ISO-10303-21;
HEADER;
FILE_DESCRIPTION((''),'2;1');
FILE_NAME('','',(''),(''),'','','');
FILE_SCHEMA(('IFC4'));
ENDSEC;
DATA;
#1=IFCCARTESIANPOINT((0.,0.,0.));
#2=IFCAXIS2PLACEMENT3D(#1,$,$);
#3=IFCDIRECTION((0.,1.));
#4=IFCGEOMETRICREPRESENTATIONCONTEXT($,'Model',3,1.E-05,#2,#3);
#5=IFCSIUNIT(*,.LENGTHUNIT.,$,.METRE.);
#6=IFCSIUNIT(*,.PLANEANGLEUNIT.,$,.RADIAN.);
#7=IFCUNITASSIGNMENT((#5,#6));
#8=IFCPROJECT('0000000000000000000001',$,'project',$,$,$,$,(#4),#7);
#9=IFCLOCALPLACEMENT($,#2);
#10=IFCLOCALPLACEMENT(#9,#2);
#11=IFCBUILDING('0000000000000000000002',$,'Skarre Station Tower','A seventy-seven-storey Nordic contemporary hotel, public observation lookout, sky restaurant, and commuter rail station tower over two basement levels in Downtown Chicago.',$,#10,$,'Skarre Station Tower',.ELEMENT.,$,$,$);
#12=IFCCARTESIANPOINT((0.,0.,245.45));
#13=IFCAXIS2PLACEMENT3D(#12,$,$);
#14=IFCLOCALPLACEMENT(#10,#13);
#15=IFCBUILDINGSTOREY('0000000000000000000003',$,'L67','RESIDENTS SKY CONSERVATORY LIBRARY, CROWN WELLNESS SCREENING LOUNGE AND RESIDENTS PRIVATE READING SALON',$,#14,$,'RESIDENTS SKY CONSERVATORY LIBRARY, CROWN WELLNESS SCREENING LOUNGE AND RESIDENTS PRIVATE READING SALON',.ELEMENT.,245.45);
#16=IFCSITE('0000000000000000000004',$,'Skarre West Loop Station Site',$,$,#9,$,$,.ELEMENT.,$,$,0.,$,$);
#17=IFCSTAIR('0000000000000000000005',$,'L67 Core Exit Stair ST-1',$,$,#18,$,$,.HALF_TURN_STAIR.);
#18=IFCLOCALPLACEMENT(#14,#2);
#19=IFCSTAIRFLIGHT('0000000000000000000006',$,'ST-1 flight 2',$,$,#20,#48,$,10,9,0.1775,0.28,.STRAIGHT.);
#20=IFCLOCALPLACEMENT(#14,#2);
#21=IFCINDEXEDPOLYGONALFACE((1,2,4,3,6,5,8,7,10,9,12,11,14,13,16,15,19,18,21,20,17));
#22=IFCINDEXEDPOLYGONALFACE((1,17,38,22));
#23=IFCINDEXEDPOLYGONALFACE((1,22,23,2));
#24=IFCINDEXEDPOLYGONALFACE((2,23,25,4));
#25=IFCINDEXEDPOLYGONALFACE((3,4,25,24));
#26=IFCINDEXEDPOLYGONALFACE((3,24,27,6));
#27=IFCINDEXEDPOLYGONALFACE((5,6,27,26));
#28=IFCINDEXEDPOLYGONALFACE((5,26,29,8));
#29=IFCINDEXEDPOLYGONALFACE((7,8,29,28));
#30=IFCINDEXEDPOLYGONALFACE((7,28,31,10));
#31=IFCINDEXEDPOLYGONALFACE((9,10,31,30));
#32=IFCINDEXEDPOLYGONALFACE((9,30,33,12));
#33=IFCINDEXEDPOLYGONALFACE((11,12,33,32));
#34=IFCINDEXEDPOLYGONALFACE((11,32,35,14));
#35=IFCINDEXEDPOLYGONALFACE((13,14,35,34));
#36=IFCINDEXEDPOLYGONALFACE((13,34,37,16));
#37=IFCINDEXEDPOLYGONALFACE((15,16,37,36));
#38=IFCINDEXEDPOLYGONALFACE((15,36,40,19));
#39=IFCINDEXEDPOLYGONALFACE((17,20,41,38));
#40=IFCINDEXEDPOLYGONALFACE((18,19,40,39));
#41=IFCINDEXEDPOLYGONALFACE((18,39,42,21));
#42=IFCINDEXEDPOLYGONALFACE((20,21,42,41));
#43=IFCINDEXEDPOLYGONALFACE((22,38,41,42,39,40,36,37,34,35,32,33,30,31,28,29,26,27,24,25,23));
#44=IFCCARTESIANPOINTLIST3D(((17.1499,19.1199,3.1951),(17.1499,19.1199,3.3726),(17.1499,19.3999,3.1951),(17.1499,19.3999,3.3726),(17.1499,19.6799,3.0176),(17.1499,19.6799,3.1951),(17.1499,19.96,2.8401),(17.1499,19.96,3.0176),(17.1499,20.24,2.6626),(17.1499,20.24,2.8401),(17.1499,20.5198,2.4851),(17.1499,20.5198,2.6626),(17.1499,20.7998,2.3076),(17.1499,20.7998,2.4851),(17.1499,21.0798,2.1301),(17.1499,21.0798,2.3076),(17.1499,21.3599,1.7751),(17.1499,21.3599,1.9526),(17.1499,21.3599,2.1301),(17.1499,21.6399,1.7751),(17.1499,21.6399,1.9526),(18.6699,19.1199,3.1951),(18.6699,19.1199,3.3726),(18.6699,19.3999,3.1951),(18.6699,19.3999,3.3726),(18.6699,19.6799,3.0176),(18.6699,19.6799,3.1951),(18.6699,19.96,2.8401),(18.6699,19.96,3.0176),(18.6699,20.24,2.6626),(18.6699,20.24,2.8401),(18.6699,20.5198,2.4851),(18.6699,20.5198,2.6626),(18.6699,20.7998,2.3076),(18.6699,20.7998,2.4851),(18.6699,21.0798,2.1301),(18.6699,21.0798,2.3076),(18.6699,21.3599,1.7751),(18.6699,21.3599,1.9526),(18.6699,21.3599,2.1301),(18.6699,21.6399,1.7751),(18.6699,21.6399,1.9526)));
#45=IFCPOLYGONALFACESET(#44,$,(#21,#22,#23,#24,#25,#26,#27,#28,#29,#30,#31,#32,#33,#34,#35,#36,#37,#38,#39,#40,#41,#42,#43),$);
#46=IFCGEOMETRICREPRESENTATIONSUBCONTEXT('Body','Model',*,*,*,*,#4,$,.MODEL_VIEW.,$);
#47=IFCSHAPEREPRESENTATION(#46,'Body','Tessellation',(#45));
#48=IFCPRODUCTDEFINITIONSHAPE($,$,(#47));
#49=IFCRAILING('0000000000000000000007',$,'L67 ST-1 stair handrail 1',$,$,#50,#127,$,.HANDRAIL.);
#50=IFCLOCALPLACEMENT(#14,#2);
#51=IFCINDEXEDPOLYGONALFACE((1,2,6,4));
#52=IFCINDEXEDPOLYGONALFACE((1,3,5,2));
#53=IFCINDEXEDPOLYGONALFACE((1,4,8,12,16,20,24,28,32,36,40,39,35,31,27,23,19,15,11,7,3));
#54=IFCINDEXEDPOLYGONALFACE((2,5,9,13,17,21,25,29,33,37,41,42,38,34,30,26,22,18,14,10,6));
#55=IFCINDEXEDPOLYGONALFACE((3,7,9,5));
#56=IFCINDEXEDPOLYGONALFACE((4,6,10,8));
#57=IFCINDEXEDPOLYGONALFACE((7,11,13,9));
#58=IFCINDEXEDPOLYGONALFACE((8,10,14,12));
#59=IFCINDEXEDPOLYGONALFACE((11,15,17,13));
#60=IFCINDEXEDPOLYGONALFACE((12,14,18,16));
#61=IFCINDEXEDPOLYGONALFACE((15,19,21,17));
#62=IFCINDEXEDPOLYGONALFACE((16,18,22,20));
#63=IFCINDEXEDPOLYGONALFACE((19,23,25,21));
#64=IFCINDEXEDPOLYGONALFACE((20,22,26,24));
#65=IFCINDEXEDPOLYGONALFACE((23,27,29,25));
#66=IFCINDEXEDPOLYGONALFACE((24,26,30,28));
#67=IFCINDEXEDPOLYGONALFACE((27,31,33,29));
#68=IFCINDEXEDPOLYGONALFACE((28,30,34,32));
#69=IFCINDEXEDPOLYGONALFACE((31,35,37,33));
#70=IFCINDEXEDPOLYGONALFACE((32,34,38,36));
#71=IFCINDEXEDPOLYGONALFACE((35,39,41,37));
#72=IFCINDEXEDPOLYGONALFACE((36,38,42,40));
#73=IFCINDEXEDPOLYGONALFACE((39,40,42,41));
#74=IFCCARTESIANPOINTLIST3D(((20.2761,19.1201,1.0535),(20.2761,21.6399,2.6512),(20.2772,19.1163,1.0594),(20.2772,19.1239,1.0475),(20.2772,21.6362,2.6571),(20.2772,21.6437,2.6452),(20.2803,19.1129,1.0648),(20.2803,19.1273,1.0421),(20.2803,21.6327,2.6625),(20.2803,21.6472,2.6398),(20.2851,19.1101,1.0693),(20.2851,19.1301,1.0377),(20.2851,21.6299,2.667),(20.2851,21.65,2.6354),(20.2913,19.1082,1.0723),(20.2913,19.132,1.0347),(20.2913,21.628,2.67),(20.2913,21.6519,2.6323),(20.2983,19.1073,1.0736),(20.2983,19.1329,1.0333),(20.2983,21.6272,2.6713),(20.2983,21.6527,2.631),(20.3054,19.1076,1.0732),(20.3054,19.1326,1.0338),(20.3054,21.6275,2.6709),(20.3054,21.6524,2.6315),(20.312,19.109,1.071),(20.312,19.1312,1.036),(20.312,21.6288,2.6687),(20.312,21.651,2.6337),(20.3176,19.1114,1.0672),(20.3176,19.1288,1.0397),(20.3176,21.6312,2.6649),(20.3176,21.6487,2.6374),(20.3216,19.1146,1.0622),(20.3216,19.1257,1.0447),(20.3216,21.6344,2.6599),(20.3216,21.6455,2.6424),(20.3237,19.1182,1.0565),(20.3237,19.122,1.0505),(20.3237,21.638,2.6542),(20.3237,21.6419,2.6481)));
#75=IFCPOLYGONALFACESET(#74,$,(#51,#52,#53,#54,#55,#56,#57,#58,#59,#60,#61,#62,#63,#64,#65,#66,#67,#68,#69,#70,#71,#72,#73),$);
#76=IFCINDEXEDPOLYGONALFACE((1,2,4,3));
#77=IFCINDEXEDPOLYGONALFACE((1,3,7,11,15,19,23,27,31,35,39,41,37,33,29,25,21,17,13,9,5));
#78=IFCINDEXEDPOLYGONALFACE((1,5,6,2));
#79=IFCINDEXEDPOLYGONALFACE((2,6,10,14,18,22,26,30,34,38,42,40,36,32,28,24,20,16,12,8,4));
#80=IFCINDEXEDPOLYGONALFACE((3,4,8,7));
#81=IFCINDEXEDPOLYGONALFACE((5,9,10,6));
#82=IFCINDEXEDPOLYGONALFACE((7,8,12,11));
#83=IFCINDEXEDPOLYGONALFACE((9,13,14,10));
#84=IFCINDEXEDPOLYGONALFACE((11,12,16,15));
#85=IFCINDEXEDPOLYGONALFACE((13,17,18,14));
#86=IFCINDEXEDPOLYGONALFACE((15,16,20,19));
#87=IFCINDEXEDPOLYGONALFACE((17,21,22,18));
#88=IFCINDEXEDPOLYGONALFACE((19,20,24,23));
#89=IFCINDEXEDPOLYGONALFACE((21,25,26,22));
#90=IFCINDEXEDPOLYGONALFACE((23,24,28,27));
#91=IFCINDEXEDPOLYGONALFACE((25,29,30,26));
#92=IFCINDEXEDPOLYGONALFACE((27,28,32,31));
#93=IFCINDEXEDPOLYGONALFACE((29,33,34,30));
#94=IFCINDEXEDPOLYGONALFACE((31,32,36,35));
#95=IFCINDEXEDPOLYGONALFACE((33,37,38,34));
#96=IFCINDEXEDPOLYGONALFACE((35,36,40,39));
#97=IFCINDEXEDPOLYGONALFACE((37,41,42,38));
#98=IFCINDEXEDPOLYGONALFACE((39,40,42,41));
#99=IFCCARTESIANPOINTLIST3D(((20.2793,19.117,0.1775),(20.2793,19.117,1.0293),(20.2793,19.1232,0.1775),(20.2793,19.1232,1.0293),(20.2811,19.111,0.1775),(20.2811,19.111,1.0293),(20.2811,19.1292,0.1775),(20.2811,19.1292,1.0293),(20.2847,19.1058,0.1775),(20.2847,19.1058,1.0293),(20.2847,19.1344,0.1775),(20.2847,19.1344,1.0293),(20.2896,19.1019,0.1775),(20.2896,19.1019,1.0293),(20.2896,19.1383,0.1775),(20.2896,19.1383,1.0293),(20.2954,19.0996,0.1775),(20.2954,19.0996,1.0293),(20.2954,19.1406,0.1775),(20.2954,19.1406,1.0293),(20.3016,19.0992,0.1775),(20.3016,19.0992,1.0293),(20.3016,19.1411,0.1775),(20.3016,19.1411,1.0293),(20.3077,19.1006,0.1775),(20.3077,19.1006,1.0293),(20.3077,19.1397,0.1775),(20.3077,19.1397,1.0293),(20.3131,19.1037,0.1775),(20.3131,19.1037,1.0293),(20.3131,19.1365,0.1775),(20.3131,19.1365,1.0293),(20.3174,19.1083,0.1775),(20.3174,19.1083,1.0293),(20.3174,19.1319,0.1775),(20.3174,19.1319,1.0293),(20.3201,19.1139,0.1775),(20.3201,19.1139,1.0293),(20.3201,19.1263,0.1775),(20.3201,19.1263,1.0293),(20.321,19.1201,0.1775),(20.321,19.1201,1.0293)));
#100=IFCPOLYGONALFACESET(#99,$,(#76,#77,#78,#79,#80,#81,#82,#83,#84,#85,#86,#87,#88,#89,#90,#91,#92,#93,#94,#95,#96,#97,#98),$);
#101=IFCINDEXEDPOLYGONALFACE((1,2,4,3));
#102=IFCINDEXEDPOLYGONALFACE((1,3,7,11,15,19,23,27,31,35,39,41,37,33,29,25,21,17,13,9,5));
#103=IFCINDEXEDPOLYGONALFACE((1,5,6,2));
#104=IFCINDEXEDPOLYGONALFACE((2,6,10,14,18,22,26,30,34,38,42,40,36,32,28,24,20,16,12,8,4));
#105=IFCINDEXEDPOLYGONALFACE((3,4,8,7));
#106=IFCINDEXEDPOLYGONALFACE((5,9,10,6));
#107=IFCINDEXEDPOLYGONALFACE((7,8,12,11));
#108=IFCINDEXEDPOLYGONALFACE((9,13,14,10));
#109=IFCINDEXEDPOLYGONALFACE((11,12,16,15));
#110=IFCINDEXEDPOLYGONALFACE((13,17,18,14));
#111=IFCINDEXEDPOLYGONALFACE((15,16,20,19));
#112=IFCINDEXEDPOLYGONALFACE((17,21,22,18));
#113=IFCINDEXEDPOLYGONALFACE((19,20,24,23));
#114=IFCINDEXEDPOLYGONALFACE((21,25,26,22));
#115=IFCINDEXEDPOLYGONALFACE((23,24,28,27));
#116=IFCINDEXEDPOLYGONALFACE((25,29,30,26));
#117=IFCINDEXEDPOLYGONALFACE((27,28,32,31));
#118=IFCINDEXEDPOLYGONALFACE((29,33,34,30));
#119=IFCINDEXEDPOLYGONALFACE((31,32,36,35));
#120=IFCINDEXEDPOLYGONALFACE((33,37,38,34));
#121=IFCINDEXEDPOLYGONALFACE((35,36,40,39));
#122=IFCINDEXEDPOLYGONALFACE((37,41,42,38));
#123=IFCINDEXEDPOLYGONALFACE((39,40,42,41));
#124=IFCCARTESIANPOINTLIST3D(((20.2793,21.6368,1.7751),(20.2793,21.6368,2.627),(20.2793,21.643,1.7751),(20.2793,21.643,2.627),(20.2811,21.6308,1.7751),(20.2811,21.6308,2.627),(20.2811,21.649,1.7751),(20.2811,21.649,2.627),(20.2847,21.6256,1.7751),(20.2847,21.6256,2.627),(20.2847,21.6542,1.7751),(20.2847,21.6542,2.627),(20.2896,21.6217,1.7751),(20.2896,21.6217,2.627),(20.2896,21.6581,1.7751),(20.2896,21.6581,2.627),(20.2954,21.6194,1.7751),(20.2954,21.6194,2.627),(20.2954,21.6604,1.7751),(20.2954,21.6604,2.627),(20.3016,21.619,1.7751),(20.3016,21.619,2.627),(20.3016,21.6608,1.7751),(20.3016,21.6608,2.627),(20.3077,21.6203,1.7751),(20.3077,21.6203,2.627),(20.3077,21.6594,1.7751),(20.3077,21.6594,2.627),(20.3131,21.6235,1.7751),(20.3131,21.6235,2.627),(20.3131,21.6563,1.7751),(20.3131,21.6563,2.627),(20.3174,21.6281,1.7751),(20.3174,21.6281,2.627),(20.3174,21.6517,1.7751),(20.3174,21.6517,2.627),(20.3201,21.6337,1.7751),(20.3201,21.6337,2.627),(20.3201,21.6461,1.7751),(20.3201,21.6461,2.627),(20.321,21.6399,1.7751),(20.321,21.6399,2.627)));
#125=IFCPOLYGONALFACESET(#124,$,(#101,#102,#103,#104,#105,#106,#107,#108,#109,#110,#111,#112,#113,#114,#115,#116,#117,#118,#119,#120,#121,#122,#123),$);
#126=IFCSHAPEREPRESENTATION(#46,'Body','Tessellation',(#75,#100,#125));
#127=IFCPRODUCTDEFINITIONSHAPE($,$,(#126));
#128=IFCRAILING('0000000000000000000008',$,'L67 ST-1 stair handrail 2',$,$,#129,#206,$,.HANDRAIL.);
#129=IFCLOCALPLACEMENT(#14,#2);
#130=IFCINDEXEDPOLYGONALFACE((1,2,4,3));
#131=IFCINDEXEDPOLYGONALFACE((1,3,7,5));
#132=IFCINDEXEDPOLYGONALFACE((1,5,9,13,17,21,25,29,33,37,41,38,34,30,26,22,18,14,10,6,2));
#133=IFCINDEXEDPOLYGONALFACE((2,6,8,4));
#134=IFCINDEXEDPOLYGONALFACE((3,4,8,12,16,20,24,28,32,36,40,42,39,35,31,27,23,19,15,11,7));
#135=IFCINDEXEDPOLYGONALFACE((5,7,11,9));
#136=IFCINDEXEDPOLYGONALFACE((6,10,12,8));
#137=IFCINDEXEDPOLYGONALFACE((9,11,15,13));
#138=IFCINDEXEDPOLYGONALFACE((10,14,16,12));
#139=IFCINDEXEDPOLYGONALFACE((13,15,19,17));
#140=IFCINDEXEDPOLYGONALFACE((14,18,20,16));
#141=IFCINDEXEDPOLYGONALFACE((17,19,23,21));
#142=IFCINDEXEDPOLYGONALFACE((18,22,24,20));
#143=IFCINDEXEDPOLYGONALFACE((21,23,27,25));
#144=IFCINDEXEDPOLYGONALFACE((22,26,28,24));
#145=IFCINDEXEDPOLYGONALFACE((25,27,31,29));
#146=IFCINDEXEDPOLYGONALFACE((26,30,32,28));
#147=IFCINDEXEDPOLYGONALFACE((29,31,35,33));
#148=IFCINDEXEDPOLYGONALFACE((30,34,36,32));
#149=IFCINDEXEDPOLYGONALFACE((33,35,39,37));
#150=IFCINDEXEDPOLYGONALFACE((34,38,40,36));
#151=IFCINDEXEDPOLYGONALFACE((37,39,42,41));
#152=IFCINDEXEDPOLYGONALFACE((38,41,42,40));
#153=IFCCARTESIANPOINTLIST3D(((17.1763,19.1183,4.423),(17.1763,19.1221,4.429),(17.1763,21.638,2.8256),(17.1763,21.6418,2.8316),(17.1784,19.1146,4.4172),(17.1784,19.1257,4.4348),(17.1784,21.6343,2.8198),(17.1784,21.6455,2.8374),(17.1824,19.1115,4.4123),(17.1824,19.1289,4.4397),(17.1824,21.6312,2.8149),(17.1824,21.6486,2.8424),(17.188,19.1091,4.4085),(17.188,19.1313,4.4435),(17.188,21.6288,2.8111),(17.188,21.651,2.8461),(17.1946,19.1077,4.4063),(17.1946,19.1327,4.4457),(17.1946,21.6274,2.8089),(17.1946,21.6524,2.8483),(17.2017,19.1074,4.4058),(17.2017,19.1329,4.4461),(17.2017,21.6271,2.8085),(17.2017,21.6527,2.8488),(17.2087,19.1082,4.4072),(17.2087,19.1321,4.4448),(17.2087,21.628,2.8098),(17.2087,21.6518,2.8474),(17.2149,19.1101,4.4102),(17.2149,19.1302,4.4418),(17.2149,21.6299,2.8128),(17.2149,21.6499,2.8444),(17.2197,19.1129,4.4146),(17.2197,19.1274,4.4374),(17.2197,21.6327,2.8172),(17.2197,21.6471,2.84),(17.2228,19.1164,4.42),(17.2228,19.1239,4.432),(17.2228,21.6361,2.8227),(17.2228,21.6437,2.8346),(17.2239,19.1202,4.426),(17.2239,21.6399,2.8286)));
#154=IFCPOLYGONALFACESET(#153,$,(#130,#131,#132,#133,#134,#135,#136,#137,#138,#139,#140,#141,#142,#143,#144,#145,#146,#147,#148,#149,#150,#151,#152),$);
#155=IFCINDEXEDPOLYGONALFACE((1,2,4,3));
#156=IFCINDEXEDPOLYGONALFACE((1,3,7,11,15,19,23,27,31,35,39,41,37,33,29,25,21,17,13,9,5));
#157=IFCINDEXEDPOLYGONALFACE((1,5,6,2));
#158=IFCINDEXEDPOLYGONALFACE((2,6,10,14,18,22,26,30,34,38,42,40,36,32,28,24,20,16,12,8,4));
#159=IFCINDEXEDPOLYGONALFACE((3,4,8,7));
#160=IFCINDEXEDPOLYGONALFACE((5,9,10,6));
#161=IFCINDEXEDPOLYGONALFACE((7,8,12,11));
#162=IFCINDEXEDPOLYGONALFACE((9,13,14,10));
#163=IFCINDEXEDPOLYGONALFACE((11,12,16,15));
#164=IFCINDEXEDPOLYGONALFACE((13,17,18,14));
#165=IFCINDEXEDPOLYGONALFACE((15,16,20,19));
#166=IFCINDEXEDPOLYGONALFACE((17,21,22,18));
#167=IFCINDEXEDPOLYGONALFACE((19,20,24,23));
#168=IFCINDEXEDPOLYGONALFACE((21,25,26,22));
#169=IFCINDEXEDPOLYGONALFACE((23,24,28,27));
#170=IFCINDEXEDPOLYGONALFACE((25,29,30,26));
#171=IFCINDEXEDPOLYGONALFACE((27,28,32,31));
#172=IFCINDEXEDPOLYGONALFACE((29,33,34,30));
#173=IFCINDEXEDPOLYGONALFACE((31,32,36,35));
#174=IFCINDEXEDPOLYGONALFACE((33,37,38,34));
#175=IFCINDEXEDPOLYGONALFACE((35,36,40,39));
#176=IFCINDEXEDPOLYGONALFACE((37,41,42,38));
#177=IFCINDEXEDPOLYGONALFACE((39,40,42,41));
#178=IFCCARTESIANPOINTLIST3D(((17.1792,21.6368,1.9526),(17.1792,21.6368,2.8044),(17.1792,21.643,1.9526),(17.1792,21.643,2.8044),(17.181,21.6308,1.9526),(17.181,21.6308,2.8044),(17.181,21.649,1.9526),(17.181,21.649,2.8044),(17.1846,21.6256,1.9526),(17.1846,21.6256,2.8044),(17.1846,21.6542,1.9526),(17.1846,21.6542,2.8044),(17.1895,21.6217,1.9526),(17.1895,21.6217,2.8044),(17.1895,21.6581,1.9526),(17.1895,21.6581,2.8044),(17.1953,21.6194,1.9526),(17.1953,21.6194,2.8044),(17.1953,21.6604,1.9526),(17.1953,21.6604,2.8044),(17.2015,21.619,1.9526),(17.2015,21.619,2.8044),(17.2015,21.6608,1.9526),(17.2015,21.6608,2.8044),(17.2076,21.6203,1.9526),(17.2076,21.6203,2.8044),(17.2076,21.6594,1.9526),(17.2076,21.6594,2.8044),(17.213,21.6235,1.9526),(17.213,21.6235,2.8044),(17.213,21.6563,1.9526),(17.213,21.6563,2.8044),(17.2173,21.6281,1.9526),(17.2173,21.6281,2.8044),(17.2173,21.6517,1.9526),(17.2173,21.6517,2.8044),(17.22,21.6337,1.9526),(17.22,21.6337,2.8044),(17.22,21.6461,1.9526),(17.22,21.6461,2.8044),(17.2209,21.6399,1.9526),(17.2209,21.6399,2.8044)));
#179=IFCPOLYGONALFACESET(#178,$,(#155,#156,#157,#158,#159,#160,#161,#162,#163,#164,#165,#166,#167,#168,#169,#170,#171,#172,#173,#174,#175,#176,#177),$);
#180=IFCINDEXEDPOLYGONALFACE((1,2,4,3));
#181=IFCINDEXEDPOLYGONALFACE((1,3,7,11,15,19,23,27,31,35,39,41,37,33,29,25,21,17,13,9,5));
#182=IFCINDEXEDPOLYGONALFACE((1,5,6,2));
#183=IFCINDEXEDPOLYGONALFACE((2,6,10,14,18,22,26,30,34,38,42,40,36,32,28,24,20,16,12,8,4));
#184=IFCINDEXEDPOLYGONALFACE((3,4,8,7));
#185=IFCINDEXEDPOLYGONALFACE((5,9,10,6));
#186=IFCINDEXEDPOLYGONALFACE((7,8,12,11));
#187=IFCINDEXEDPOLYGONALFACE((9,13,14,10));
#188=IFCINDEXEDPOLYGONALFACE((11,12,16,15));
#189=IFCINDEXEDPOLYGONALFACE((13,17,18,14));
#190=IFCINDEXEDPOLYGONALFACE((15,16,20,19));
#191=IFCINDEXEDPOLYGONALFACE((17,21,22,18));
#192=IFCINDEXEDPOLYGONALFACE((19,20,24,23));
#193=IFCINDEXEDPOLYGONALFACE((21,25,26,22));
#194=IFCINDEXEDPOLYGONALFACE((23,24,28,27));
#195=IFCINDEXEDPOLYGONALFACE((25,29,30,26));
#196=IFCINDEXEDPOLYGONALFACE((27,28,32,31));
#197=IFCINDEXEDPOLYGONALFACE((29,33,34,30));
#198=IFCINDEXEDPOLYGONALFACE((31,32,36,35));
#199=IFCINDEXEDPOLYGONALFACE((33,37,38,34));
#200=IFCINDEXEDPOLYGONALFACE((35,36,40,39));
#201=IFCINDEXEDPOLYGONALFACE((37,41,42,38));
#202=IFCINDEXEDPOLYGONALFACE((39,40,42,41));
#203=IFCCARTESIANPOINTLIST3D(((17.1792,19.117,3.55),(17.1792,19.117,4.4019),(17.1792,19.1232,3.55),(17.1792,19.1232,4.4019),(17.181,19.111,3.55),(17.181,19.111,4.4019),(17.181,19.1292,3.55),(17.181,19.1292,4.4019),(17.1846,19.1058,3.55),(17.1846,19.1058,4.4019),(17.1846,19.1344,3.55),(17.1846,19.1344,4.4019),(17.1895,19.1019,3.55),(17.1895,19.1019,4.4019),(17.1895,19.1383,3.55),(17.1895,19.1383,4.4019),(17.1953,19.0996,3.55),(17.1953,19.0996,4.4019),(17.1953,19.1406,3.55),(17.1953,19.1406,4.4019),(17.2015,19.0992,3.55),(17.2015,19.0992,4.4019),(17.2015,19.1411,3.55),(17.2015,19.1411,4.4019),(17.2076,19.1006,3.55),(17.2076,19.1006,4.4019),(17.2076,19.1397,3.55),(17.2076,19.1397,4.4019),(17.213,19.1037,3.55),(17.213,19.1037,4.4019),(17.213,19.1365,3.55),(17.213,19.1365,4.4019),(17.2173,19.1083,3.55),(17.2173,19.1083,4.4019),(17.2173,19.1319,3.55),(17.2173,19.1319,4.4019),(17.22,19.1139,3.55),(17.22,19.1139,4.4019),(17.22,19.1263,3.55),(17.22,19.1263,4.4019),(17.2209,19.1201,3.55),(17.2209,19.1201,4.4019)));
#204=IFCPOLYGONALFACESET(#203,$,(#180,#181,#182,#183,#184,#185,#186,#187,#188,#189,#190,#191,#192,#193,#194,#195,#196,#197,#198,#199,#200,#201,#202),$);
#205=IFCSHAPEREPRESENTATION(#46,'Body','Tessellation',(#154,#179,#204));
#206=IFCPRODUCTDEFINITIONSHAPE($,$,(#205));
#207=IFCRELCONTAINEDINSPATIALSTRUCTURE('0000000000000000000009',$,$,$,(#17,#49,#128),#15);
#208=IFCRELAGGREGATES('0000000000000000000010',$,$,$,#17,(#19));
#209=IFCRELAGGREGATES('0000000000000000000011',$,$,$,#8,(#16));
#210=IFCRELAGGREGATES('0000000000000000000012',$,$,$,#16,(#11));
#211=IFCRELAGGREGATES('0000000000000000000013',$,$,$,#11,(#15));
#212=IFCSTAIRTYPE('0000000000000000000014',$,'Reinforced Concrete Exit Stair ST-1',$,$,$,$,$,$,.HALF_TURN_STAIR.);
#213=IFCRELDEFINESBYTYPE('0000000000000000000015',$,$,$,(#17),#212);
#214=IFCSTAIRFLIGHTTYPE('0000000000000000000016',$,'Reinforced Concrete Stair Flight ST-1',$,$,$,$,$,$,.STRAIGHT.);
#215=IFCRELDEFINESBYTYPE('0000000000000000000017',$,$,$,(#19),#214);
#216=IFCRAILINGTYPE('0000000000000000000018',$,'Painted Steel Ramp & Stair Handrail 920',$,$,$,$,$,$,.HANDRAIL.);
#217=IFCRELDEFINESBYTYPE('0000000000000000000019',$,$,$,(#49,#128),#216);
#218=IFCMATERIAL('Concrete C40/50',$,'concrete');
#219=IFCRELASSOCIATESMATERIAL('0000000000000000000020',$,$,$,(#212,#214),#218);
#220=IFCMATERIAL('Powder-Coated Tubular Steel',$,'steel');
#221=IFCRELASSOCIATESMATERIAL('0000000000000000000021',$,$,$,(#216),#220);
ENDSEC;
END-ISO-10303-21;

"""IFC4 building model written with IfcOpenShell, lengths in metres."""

from ifc_helpers import new_model, si_unit, direction, frame, origin, origin_2d, place, context, subcontext, project, spatial, polyline, circle, outline, extrude, material, type_object, element, aggregate, save


model = new_model("IFC4")

# Units and contexts
model_context = context("Model", 3, precision=1e-05, world=origin(), true_north=direction((0.0, 1.0)))
body_context = subcontext(model_context, "Body", "Model", "MODEL_VIEW")
ifc_project = project(units=[si_unit("LENGTHUNIT", "METRE"), si_unit("PLANEANGLEUNIT", "RADIAN")], contexts=[model_context])

# Site, building, storey
site_placement = place(None, origin())
site = spatial("IfcSite", under=ifc_project, at=site_placement, Name="Skarre West Loop Station Site", CompositionType="ELEMENT", RefElevation=0.0)
building_placement = place(site_placement, origin())
building = spatial("IfcBuilding", under=site, at=building_placement, Name="Skarre Station Tower", Description="A seventy-seven-storey Nordic contemporary hotel, public observation lookout, sky restaurant, and commuter rail station tower over two basement levels in Downtown Chicago.", LongName="Skarre Station Tower", CompositionType="ELEMENT")
storey_placement = place(building_placement, frame((0.0, 0.0, 245.45)))
storey = spatial("IfcBuildingStorey", under=building, at=storey_placement, Name="L67", Description="RESIDENTS SKY CONSERVATORY LIBRARY, CROWN WELLNESS SCREENING LOUNGE AND RESIDENTS PRIVATE READING SALON", LongName="RESIDENTS SKY CONSERVATORY LIBRARY, CROWN WELLNESS SCREENING LOUNGE AND RESIDENTS PRIVATE READING SALON", CompositionType="ELEMENT", Elevation=245.45)

# Stair
ifc_material_1 = material(Name="Concrete C40/50", Category="concrete")
stair_type_1 = type_object("IfcStairType", Name="Reinforced Concrete Exit Stair ST-1", PredefinedType="HALF_TURN_STAIR", material=ifc_material_1)
stair_1_placement = place(storey_placement, origin())
stair_1 = element("IfcStair", 1, at=stair_1_placement, inside=storey, type_object=stair_type_1, Name="L67 Core Exit Stair ST-1", PredefinedType="HALF_TURN_STAIR")

# Stair flight
stair_flight_type = type_object("IfcStairFlightType", Name="Reinforced Concrete Stair Flight ST-1", PredefinedType="STRAIGHT", material=ifc_material_1)
stair_flight_1_placement = place(storey_placement, frame((17.9099, 21.6399, 1.7751), z_axis=(0.0, 0.0, 1.0), x_axis=(0.0, -1.0, 0.0)))
stair_flight_1 = element("IfcStairFlight", 2, at=stair_flight_1_placement, type_object=stair_flight_type, Name="ST-1 flight 2", NumberOfRisers=10, NumberOfTreads=9, PredefinedType="STRAIGHT", RiserHeight=0.1775, TreadLength=0.28, context=body_context, shape_type="SweptSolid", body=[
    extrude(outline(polyline([(0.0, 0.0), (0.0, 0.1775), (0.28, 0.1775), (0.28, 0.355), (0.5601, 0.355), (0.5601, 0.5325), (0.8401, 0.5325), (0.8401, 0.71), (1.1201, 0.71), (1.1201, 0.8875), (1.3999, 0.8875), (1.3999, 1.0649), (1.6799, 1.0649), (1.6799, 1.2424), (1.96, 1.2424), (1.96, 1.4199), (2.24, 1.4199), (2.24, 1.5974), (2.52, 1.5974), (2.52, 1.7749), (2.52, 1.4199), (0.28, 0.0), (0.0, 0.0)])), frame((0.0, 0.76, 0.0), z_axis=(0.0, -1.0, 0.0), x_axis=(1.0, 0.0, 0.0)), (0.0, 0.0, 1.0), 1.52),
])
aggregate(stair_1, [stair_flight_1])

# Railings
ifc_material_2 = material(Name="Powder-Coated Tubular Steel", Category="steel")
railing_type_1 = type_object("IfcRailingType", Name="Painted Steel Ramp & Stair Handrail 920", PredefinedType="HANDRAIL", material=ifc_material_2)
railing_1_placement = place(storey_placement, frame((20.3, 19.1201, 0.1775)))
element("IfcRailing", 3, at=railing_1_placement, inside=storey, type_object=railing_type_1, Name="L67 ST-1 stair handrail 1", PredefinedType="HANDRAIL", context=body_context, shape_type="SweptSolid", body=[
    extrude(circle(Radius=0.0239, at=origin_2d()), frame((0.0, 0.0, 0.876), z_axis=(0.0, 0.844546, 0.535482), x_axis=(-1.0, 0.0, 0.0)), (0.0, 0.0, 1.0), 2.9836),
    extrude(circle(Radius=0.021, at=origin_2d()), origin(), (0.0, 0.0, 1.0), 0.8518),
    extrude(circle(Radius=0.021, at=origin_2d()), frame((0.0, 2.5198, 1.5977)), (0.0, 0.0, 1.0), 0.8518),
])
railing_2_placement = place(storey_placement, frame((17.2, 21.6399, 1.9526)))
element("IfcRailing", 4, at=railing_2_placement, inside=storey, type_object=railing_type_1, Name="L67 ST-1 stair handrail 2", PredefinedType="HANDRAIL", context=body_context, shape_type="SweptSolid", body=[
    extrude(circle(Radius=0.0239, at=origin_2d()), frame((0.0, 0.0, 0.876), z_axis=(0.0, -0.844583, 0.535424), x_axis=(1.0, 0.0, 0.0)), (0.0, 0.0, 1.0), 2.9834),
    extrude(circle(Radius=0.021, at=origin_2d()), origin(), (0.0, 0.0, 1.0), 0.8518),
    extrude(circle(Radius=0.021, at=origin_2d()), frame((0.0, -2.5198, 1.5974)), (0.0, 0.0, 1.0), 0.8518),
])

save(model, "model.ifc")
